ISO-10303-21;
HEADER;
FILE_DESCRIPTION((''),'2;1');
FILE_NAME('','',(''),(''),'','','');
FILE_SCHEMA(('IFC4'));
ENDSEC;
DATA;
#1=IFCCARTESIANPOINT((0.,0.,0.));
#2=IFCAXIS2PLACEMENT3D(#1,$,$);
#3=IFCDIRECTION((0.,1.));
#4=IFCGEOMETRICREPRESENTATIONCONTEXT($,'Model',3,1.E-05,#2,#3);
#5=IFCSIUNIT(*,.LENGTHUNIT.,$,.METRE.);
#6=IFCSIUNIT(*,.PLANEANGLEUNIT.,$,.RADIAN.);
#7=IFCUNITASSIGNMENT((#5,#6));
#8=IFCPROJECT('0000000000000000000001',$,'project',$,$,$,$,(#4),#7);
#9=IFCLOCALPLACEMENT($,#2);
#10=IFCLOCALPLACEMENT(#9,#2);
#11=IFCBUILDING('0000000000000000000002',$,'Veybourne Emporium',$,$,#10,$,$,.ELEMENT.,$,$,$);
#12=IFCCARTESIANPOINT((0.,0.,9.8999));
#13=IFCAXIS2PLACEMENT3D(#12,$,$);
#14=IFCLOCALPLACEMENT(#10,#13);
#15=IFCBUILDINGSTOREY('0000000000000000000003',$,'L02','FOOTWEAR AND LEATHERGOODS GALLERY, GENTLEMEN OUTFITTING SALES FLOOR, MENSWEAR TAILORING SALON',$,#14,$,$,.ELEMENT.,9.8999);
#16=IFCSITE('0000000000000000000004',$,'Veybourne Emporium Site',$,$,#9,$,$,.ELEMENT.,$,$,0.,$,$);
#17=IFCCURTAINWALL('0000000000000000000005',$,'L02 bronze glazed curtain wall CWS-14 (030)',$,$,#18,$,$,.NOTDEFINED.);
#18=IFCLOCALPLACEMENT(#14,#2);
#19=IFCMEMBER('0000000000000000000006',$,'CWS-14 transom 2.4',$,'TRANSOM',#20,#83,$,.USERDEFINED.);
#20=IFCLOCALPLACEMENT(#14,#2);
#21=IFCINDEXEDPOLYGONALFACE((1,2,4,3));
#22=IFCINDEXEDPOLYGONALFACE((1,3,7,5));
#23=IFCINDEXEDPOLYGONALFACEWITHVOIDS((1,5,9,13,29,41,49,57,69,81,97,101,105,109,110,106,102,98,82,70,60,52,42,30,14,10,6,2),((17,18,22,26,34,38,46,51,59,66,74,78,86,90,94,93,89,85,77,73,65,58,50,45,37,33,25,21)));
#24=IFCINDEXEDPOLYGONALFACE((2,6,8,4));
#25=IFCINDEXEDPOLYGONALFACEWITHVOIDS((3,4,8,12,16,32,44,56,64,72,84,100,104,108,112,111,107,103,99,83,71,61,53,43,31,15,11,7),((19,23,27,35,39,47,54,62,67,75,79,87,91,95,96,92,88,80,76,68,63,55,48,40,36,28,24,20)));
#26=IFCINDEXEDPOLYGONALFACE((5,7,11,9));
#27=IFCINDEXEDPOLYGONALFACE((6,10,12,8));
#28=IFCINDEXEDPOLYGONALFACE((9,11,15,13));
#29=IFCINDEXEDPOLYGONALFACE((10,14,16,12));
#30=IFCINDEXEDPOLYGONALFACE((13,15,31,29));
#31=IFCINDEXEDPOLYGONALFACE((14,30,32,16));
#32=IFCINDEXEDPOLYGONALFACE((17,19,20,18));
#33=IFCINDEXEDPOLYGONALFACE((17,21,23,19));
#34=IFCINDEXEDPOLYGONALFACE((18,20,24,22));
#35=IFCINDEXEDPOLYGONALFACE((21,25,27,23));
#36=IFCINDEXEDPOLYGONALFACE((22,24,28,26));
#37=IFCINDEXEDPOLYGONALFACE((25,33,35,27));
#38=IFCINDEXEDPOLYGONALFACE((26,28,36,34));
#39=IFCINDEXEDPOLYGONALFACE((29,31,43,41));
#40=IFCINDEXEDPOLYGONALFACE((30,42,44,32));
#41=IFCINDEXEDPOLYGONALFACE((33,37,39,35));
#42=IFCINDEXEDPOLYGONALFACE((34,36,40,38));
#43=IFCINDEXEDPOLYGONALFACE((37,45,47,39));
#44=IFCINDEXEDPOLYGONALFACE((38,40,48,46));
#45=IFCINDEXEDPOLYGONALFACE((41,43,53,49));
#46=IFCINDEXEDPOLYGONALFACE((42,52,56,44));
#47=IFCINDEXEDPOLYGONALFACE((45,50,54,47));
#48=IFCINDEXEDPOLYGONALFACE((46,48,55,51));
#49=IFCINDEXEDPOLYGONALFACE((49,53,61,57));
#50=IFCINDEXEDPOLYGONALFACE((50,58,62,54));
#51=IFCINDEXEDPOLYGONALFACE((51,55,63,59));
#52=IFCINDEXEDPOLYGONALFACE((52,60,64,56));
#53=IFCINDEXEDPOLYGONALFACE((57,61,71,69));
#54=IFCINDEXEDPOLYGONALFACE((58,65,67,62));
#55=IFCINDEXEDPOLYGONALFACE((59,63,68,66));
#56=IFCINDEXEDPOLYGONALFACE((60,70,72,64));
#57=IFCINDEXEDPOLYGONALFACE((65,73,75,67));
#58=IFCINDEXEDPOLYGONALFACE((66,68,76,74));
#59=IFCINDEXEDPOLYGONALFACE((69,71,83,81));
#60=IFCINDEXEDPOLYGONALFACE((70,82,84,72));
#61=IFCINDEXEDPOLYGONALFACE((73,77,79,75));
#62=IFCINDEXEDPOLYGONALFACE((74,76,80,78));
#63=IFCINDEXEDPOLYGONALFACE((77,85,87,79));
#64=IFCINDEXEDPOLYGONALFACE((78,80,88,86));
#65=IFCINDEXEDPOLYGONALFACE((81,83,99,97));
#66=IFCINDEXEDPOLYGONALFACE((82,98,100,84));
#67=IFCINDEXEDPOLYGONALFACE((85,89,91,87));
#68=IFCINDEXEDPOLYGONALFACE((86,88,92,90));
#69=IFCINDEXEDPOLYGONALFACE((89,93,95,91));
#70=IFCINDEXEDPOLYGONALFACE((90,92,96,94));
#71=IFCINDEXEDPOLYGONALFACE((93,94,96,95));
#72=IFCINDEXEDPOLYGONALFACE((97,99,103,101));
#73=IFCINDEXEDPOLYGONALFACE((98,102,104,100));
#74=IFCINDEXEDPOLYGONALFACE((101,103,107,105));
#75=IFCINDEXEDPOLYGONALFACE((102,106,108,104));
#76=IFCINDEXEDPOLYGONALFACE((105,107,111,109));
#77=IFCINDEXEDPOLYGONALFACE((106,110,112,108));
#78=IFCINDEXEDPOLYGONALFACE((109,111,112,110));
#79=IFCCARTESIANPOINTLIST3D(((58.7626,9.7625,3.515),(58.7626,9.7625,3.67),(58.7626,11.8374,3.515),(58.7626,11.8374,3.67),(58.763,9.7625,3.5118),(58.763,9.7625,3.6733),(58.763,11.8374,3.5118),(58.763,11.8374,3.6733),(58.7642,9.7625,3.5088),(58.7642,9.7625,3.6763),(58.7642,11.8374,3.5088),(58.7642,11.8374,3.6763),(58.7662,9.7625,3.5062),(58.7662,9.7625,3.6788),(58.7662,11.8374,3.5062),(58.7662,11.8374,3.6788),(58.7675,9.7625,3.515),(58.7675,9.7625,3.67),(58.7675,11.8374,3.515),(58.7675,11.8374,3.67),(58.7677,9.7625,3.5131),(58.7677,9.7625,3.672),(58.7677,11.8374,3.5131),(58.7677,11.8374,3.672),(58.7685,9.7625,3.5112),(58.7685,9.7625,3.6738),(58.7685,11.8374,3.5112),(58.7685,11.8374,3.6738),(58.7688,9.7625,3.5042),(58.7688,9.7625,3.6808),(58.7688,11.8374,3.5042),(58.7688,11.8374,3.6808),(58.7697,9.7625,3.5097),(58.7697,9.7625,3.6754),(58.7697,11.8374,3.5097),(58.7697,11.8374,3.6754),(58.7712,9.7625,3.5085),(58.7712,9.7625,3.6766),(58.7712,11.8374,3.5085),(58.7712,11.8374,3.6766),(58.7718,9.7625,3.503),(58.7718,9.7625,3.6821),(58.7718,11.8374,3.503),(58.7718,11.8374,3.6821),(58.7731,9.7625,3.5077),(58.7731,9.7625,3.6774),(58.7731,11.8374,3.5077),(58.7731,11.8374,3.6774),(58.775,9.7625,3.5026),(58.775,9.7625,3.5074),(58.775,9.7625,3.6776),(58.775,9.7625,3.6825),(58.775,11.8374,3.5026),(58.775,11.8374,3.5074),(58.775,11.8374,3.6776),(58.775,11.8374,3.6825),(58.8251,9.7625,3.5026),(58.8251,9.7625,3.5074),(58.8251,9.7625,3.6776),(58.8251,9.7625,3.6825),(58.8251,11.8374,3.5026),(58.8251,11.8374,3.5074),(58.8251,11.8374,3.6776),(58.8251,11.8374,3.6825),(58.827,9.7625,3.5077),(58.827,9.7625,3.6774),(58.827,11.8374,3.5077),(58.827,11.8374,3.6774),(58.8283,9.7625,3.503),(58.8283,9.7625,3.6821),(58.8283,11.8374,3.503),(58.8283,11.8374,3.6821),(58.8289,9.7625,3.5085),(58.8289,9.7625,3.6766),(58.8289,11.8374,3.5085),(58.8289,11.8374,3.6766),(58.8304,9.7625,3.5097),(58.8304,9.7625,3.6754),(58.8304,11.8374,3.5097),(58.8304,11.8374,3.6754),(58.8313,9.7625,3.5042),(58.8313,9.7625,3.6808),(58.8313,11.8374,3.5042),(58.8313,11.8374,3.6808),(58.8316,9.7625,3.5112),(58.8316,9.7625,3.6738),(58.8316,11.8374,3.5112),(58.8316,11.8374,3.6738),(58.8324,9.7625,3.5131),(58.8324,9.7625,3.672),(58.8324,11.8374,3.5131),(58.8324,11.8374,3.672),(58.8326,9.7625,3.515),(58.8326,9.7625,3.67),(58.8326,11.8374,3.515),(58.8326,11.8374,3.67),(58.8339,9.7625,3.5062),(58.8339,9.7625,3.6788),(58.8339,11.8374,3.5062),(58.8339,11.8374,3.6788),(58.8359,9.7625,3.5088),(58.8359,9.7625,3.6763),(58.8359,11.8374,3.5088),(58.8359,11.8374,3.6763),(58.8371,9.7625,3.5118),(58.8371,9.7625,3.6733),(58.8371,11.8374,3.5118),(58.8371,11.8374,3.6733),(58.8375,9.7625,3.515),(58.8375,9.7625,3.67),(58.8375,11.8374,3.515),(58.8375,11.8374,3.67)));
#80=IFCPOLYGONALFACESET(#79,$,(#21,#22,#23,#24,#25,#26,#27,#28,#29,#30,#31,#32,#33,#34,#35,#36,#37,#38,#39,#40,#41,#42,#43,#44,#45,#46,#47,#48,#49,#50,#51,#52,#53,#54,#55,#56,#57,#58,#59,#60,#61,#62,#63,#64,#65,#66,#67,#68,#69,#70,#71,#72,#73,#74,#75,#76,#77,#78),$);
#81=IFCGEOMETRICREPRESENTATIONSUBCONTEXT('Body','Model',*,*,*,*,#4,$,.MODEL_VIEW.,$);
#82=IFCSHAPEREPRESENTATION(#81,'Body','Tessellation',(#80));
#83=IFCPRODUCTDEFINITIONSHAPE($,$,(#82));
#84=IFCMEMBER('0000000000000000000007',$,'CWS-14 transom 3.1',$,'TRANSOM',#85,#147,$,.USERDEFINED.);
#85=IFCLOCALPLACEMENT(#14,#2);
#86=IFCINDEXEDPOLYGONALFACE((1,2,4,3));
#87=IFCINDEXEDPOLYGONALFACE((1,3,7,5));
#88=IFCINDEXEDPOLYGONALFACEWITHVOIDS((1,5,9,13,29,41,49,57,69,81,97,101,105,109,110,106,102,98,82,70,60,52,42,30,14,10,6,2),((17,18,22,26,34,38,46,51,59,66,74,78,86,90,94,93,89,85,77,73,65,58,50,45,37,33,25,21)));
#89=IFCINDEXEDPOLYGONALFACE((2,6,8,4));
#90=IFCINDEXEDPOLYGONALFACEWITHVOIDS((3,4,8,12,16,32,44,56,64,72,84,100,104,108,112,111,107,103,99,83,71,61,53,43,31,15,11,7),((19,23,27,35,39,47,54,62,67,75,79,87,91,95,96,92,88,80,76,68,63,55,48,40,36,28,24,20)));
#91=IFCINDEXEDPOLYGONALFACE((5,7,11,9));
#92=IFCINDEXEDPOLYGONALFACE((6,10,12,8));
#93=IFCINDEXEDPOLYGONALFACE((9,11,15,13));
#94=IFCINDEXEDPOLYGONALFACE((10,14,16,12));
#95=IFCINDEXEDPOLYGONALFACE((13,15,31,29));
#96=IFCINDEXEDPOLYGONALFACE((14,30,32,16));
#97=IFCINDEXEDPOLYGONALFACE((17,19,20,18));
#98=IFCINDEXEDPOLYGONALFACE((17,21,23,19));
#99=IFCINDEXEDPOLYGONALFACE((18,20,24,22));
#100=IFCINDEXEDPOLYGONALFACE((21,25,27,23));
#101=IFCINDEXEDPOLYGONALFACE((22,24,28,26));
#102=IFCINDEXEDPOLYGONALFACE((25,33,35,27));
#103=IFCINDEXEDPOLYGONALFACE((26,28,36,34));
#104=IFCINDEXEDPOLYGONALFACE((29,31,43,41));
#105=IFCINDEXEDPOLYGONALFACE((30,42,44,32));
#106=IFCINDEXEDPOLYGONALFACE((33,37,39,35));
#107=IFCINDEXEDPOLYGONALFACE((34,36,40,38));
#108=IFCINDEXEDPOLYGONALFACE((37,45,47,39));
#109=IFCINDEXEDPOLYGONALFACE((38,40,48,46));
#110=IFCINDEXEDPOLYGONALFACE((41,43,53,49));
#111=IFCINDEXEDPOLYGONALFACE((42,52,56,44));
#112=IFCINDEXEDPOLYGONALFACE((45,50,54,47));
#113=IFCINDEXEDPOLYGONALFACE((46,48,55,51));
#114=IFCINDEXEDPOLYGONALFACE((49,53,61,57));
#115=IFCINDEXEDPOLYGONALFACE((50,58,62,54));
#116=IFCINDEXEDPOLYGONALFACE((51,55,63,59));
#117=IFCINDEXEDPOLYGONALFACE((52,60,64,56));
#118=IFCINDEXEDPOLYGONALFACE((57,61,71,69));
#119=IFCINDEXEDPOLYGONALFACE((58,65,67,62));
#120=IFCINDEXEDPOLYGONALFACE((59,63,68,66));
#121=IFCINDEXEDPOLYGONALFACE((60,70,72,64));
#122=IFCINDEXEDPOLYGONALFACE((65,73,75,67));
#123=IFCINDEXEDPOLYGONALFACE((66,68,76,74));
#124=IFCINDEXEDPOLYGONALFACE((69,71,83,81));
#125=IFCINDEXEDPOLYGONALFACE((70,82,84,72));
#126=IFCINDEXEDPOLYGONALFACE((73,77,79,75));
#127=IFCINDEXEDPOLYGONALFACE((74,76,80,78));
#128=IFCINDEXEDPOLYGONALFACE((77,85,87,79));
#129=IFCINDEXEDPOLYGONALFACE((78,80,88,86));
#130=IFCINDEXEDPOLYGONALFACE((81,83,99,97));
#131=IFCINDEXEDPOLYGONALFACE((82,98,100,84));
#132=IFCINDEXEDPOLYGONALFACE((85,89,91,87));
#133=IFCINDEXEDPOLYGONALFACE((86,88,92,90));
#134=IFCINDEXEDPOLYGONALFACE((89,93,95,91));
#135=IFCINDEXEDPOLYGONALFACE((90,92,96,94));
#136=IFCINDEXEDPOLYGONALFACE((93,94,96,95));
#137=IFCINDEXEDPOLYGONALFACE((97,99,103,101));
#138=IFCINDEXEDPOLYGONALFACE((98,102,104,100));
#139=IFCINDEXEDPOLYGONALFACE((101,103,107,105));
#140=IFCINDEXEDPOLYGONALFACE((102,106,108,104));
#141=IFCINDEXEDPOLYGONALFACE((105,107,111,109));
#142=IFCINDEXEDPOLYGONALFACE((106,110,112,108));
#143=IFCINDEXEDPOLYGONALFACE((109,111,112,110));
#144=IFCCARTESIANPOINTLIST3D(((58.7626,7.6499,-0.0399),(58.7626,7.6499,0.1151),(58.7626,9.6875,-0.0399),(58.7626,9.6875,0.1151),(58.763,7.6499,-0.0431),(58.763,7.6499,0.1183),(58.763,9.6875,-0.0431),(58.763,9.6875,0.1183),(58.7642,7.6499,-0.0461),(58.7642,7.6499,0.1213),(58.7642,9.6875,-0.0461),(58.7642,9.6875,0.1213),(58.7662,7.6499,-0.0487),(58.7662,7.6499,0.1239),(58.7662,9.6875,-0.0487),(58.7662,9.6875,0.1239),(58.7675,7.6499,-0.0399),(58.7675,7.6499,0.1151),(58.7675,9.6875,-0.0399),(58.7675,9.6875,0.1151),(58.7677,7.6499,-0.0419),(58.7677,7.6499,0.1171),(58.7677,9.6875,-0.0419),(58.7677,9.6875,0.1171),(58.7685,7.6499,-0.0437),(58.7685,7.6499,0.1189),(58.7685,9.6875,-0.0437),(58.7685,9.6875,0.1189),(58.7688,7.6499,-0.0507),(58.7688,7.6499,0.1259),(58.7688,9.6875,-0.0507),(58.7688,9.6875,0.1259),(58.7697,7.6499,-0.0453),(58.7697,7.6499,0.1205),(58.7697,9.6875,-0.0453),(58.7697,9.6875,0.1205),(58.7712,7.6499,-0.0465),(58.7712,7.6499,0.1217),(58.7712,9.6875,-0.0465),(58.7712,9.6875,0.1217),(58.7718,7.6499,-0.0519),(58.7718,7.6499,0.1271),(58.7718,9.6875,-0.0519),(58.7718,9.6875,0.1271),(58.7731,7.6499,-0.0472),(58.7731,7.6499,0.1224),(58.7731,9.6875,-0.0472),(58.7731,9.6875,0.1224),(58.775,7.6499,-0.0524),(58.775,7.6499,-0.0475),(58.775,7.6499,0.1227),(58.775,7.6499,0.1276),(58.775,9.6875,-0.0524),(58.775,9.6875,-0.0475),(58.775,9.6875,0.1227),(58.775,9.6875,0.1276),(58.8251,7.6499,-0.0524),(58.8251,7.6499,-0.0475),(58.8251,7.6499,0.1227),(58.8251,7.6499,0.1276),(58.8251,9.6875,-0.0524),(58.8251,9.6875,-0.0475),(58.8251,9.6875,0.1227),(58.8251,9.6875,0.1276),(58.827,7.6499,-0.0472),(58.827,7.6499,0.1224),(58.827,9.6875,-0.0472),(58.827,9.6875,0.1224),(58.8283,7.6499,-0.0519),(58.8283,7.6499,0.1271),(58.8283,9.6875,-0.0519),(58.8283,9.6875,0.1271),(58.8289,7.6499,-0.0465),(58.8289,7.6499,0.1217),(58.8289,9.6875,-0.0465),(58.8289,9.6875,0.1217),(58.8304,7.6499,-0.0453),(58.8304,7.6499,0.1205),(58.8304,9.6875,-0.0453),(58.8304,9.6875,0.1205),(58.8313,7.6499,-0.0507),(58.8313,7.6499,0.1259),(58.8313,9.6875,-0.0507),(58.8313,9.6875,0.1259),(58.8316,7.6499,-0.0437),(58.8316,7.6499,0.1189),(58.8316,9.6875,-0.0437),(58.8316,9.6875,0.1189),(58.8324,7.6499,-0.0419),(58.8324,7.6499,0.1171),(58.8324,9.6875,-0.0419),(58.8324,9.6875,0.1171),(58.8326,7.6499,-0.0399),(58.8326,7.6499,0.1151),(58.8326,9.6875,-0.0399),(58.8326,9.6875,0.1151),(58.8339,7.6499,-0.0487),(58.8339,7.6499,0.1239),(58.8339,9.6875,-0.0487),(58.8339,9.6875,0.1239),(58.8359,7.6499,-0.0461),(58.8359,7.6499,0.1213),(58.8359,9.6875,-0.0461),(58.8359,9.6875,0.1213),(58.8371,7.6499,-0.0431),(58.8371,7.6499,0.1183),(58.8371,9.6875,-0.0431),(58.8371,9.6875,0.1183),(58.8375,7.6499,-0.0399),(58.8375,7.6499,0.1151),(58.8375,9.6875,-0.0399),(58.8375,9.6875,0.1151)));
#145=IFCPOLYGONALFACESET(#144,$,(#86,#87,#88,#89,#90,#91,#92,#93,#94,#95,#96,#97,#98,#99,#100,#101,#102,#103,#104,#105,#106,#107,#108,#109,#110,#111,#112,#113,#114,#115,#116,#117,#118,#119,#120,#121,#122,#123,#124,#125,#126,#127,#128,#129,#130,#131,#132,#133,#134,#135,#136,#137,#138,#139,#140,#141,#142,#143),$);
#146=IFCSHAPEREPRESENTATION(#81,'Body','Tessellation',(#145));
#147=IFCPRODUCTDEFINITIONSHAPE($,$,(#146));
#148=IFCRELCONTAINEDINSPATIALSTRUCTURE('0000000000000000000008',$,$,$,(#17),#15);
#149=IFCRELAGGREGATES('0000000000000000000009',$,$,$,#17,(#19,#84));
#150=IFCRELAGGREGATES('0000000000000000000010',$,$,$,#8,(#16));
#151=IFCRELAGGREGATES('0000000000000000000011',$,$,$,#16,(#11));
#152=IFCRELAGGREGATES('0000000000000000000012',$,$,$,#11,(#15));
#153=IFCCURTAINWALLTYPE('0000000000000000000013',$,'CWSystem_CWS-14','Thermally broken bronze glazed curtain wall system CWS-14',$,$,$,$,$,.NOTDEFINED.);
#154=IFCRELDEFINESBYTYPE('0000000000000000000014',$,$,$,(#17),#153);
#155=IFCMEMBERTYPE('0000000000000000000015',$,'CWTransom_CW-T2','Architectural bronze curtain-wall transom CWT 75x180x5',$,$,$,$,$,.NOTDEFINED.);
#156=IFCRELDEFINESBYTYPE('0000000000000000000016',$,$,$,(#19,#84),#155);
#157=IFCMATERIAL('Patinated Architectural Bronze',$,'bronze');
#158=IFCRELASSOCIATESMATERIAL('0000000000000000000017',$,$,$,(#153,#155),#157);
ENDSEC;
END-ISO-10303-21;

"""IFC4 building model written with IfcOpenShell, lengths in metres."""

from ifc_helpers import new_model, si_unit, direction, frame, origin, origin_2d, place, context, subcontext, project, spatial, hollow_rectangle, extrude, material, material_profile, profile_set, type_object, element, aggregate, save


model = new_model("IFC4")

# Units and contexts
model_context = context("Model", 3, precision=1e-05, world=origin(), true_north=direction((0.0, 1.0)))
body_context = subcontext(model_context, "Body", "Model", "MODEL_VIEW")
ifc_project = project(units=[si_unit("LENGTHUNIT", "METRE"), si_unit("PLANEANGLEUNIT", "RADIAN")], contexts=[model_context])

# Site, building, storey
site_placement = place(None, origin())
site = spatial("IfcSite", under=ifc_project, at=site_placement, Name="Veybourne Emporium Site", CompositionType="ELEMENT", RefElevation=0.0)
building_placement = place(site_placement, origin())
building = spatial("IfcBuilding", under=site, at=building_placement, Name="Veybourne Emporium", CompositionType="ELEMENT")
storey_placement = place(building_placement, frame((0.0, 0.0, 9.8999)))
storey = spatial("IfcBuildingStorey", under=building, at=storey_placement, Name="L02", Description="FOOTWEAR AND LEATHERGOODS GALLERY, GENTLEMEN OUTFITTING SALES FLOOR, MENSWEAR TAILORING SALON", CompositionType="ELEMENT", Elevation=9.8999)

# Curtain wall
ifc_material_1 = material(Name="Patinated Architectural Bronze", Category="bronze")
curtain_wall_type_1 = type_object("IfcCurtainWallType", Name="CWSystem_CWS-14", Description="Thermally broken bronze glazed curtain wall system CWS-14", PredefinedType="NOTDEFINED", material=ifc_material_1)
curtain_wall_1_placement = place(storey_placement, origin())
curtain_wall_1 = element("IfcCurtainWall", 1, at=curtain_wall_1_placement, inside=storey, type_object=curtain_wall_type_1, Name="L02 bronze glazed curtain wall CWS-14 (030)", PredefinedType="NOTDEFINED")

# Members
ifc_material_profile_1 = material_profile(ifc_material_1, hollow_rectangle(XDim=0.075, YDim=0.1799, WallThickness=0.0049, InnerFilletRadius=0.0076, OuterFilletRadius=0.0125, at=origin_2d()), Name="CWT 75x180x5")
ifc_profile_set_1 = profile_set([ifc_material_profile_1], Name="Patinated Architectural Bronze")
member_type_1 = type_object("IfcMemberType", Name="CWTransom_CW-T2", Description="Architectural bronze curtain-wall transom CWT 75x180x5", PredefinedType="NOTDEFINED", material=ifc_profile_set_1)
member_1_placement = place(storey_placement, frame((58.8, 11.8374, 3.5925), z_axis=(0.0, -1.0, 0.0), x_axis=(1.0, 0.0, 0.0)))
member_1 = element("IfcMember", 2, at=member_1_placement, type_object=member_type_1, Name="CWS-14 transom 2.4", ObjectType="TRANSOM", PredefinedType="USERDEFINED", context=body_context, shape_type="SweptSolid", body=[
    extrude(hollow_rectangle(XDim=0.075, YDim=0.1799, WallThickness=0.0049, InnerFilletRadius=0.0076, OuterFilletRadius=0.0125, at=origin_2d()), origin(), (0.0, 0.0, 1.0), 2.075),
])
member_2_placement = place(storey_placement, frame((58.8, 9.6875, 0.0376), z_axis=(0.0, -1.0, 0.0), x_axis=(1.0, 0.0, 0.0)))
member_2 = element("IfcMember", 3, at=member_2_placement, type_object=member_type_1, Name="CWS-14 transom 3.1", ObjectType="TRANSOM", PredefinedType="USERDEFINED", context=body_context, shape_type="SweptSolid", body=[
    extrude(hollow_rectangle(XDim=0.075, YDim=0.1799, WallThickness=0.0049, InnerFilletRadius=0.0076, OuterFilletRadius=0.0125, at=origin_2d()), origin(), (0.0, 0.0, 1.0), 2.0376),
])

aggregate(curtain_wall_1, [member_1, member_2])

save(model, "model.ifc")
